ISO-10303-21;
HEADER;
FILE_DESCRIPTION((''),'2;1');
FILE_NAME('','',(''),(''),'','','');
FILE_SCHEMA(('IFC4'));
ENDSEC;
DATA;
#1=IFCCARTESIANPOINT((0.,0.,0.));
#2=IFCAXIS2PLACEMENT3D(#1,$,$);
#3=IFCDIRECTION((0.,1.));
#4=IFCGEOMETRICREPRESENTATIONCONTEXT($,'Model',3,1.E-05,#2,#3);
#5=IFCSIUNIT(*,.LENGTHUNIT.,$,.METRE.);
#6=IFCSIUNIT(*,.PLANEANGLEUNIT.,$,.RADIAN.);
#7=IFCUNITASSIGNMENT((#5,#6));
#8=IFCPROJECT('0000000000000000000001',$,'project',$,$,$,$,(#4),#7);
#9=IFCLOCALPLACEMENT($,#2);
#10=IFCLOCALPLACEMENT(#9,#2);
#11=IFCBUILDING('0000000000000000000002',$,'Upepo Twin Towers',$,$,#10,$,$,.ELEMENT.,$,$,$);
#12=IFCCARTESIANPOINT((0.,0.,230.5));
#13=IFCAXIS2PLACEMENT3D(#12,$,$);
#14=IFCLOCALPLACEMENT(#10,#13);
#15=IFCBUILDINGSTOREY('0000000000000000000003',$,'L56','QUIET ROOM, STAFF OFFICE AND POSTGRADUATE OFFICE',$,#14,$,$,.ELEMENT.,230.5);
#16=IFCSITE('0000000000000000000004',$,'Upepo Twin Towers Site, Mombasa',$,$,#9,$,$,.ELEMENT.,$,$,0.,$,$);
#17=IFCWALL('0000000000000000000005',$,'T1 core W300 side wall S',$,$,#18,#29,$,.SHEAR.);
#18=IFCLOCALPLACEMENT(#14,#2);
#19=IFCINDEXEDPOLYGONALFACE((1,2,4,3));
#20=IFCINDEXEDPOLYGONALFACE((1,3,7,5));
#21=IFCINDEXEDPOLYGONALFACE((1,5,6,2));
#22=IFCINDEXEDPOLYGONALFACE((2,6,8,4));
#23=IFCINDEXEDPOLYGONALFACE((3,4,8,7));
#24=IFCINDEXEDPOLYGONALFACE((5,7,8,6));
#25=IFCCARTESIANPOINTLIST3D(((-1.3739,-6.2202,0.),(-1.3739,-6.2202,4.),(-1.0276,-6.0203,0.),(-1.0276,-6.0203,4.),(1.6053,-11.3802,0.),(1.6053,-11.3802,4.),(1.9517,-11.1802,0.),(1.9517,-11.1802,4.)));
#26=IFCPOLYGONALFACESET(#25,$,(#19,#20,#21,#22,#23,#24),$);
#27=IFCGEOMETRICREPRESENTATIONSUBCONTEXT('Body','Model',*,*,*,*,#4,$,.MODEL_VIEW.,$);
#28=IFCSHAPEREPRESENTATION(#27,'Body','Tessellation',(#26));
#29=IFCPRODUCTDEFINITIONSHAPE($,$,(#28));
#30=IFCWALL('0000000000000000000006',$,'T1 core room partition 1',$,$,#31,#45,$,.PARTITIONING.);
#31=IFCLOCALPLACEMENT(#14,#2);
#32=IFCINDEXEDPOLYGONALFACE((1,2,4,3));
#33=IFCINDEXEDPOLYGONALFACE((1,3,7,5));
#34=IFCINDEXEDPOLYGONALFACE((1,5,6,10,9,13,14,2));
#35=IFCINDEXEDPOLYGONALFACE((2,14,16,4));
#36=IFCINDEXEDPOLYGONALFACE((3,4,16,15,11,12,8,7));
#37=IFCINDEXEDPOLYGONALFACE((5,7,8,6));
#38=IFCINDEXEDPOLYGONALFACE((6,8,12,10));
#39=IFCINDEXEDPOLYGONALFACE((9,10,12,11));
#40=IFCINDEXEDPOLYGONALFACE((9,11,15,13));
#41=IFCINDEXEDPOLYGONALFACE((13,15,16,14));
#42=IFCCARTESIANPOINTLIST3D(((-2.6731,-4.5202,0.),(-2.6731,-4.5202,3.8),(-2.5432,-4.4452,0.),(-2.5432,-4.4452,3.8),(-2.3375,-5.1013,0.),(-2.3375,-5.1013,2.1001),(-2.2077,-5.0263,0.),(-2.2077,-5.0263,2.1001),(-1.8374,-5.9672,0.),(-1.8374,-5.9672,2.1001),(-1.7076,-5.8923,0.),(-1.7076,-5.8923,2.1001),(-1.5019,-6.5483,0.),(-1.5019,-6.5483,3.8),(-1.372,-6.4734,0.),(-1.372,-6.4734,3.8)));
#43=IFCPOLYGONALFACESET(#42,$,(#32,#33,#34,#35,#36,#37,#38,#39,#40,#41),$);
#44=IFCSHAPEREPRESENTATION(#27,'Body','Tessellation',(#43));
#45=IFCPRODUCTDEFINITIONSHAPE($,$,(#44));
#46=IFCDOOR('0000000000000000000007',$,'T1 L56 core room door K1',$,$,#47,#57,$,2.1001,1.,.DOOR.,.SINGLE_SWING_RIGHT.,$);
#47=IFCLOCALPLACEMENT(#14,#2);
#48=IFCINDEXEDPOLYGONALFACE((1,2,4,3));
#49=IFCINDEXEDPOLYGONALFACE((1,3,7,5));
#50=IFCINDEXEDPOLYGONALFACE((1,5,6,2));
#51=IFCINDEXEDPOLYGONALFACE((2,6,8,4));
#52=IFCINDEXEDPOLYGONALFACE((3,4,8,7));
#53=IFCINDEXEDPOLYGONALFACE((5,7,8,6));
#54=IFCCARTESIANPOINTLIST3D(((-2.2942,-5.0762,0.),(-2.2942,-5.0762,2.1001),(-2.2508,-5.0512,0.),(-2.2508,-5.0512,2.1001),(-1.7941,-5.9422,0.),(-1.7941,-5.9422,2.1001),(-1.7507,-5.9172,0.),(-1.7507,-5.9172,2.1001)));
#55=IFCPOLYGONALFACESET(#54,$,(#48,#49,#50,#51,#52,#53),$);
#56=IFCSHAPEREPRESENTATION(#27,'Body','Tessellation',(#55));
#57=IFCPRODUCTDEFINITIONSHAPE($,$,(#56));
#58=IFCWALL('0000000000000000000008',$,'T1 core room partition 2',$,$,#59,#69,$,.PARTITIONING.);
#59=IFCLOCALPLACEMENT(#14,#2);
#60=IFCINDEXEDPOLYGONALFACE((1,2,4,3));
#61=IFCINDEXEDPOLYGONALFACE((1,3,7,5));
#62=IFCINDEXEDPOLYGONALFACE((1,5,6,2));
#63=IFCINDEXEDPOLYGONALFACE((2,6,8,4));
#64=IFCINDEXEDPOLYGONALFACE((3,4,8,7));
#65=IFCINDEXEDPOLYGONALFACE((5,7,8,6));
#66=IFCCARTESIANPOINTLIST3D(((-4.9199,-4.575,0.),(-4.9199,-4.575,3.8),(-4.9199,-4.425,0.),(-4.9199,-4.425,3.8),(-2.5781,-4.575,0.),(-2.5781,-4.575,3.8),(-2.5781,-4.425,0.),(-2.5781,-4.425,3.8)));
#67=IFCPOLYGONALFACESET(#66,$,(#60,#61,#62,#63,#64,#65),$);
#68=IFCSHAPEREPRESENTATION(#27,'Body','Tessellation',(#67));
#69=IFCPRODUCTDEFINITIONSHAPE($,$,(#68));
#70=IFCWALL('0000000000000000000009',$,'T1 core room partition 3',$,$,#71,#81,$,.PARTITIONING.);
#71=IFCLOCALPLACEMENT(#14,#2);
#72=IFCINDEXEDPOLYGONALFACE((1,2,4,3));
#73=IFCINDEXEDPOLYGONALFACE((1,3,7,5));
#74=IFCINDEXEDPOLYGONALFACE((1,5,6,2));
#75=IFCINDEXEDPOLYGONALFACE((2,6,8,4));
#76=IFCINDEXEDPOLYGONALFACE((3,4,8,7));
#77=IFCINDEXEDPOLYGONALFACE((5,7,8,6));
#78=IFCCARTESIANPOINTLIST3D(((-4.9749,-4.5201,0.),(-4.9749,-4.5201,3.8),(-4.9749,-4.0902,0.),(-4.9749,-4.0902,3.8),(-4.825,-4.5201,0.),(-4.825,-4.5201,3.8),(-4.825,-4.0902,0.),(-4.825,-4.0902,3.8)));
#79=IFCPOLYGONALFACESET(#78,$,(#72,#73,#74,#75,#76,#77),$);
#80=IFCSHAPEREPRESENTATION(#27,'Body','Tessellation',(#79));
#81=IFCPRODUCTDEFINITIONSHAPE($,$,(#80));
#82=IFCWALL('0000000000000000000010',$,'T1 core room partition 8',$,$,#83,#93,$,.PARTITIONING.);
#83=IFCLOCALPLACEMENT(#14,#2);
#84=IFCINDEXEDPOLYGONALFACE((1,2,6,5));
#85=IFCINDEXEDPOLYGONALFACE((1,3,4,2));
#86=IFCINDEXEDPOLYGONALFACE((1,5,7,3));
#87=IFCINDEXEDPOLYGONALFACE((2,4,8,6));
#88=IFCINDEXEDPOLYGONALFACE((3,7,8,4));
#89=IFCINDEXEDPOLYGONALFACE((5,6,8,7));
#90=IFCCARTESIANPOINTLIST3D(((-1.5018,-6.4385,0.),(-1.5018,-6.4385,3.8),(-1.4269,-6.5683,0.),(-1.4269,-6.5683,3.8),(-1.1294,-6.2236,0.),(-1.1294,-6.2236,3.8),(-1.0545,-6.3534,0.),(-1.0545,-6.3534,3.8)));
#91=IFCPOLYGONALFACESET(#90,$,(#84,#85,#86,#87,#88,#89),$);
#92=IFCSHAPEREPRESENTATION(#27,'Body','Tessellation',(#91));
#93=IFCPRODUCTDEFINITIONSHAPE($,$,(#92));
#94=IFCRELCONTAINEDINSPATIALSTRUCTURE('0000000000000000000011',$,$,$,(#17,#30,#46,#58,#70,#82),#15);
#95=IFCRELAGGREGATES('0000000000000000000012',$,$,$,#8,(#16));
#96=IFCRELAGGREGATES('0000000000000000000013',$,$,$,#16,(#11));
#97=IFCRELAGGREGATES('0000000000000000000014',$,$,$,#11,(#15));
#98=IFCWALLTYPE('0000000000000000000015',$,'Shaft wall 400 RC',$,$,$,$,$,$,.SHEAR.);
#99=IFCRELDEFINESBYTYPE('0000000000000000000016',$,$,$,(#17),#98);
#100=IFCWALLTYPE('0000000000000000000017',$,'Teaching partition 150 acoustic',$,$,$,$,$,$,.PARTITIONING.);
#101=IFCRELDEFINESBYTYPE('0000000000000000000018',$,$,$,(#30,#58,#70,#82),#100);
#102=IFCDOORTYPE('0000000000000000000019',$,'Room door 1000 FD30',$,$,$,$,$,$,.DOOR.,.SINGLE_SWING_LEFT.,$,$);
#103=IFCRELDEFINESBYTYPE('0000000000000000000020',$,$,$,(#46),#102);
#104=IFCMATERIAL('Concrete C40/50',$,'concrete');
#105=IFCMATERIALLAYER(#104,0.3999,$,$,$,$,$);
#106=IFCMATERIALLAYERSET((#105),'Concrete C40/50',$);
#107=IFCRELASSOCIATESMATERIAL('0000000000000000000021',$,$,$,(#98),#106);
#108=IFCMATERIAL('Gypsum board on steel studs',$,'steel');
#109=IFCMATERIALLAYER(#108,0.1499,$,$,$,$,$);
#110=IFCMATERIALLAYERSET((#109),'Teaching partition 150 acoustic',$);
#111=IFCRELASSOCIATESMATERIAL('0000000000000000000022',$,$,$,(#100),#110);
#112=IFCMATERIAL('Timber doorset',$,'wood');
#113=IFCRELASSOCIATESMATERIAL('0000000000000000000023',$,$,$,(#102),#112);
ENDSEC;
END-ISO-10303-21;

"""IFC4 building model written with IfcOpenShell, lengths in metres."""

from ifc_helpers import new_model, si_unit, direction, frame, frame_2d, origin, place, context, subcontext, project, spatial, rectangle, extrude, material, layer, layer_set, type_object, element, fill, save


model = new_model("IFC4")

# Units and contexts
model_context = context("Model", 3, precision=1e-05, world=origin(), true_north=direction((0.0, 1.0)))
body_context = subcontext(model_context, "Body", "Model", "MODEL_VIEW")
ifc_project = project(units=[si_unit("LENGTHUNIT", "METRE"), si_unit("PLANEANGLEUNIT", "RADIAN")], contexts=[model_context])

# Site, building, storey
site_placement = place(None, origin())
site = spatial("IfcSite", under=ifc_project, at=site_placement, Name="Upepo Twin Towers Site, Mombasa", CompositionType="ELEMENT", RefElevation=0.0)
building_placement = place(site_placement, origin())
building = spatial("IfcBuilding", under=site, at=building_placement, Name="Upepo Twin Towers", CompositionType="ELEMENT")
storey_placement = place(building_placement, frame((0.0, 0.0, 230.5)))
storey = spatial("IfcBuildingStorey", under=building, at=storey_placement, Name="L56", Description="QUIET ROOM, STAFF OFFICE AND POSTGRADUATE OFFICE", CompositionType="ELEMENT", Elevation=230.5)

# Wall
ifc_material_1 = material(Name="Concrete C40/50", Category="concrete")
ifc_layer_1 = layer(ifc_material_1, 0.3999)
ifc_layer_set_1 = layer_set([ifc_layer_1], Name="Concrete C40/50")
wall_type_1 = type_object("IfcWallType", Name="Shaft wall 400 RC", PredefinedType="SHEAR", material=ifc_layer_set_1)
wall_1_placement = place(storey_placement, frame((-1.2007, -6.1204, 0.0), z_axis=(0.0, 0.0, 1.0), x_axis=(0.500022, -0.866013, 0.0)))
element("IfcWall", 1, at=wall_1_placement, inside=storey, type_object=wall_type_1, Name="T1 core W300 side wall S", PredefinedType="SHEAR", context=body_context, shape_type="SweptSolid", body=[
    extrude(rectangle(XDim=5.9583, YDim=0.3999, at=frame_2d((2.979, 0.0))), origin(), (0.0, 0.0, 1.0), 4.0),
])

# Wall, opening, door
ifc_material_2 = material(Name="Gypsum board on steel studs", Category="steel")
ifc_layer_2 = layer(ifc_material_2, 0.1499)
ifc_layer_set_2 = layer_set([ifc_layer_2], Name="Teaching partition 150 acoustic")
wall_type_2 = type_object("IfcWallType", Name="Teaching partition 150 acoustic", PredefinedType="PARTITIONING", material=ifc_layer_set_2)
wall_2_placement = place(storey_placement, frame((-1.437, -6.5107, 0.0), z_axis=(0.0, 0.0, 1.0), x_axis=(-0.500074, 0.865982, 0.0)))
wall_2 = element("IfcWall", 2, at=wall_2_placement, inside=storey, type_object=wall_type_2, Name="T1 core room partition 1", PredefinedType="PARTITIONING", context=body_context, shape_type="SweptSolid", body=[
    extrude(rectangle(XDim=2.342, YDim=0.1499, at=frame_2d((1.1709, 0.0))), origin(), (0.0, 0.0, 1.0), 3.8),
])
opening_1_placement = place(wall_2_placement, frame((0.6709, 0.0, 0.0)))
opening_1 = element("IfcOpeningElement", 3, at=opening_1_placement, cuts=wall_2, PredefinedType="OPENING", context=body_context, shape_type="SweptSolid", body=[
    extrude(rectangle(XDim=1.0, YDim=2.1001, at=frame_2d((0.5, 1.05))), frame((0.0, 0.085, 0.0), z_axis=(0.0, -1.0, 0.0), x_axis=(1.0, 0.0, 0.0)), (0.0, 0.0, 1.0), 0.1699),
])
ifc_material_3 = material(Name="Timber doorset", Category="wood")
door_type_1 = type_object("IfcDoorType", Name="Room door 1000 FD30", OperationType="SINGLE_SWING_LEFT", PredefinedType="DOOR", material=ifc_material_3)
door_1_placement = place(opening_1_placement, origin())
door_1 = element("IfcDoor", 4, at=door_1_placement, inside=storey, type_object=door_type_1, Name="T1 L56 core room door K1", OperationType="SINGLE_SWING_RIGHT", OverallHeight=2.1001, OverallWidth=1.0, PredefinedType="DOOR", context=body_context, shape_type="SweptSolid", body=[
    extrude(rectangle(XDim=1.0, YDim=2.1001, at=frame_2d((0.5, 1.05))), frame((0.0, 0.0249, 0.0), z_axis=(0.0, -1.0, 0.0), x_axis=(1.0, 0.0, 0.0)), (0.0, 0.0, 1.0), 0.05),
])
fill(opening_1, door_1)

# Walls
wall_3_placement = place(storey_placement, frame((-2.5781, -4.5, 0.0), z_axis=(0.0, 0.0, 1.0), x_axis=(-1.0, 0.0, 0.0)))
element("IfcWall", 5, at=wall_3_placement, inside=storey, type_object=wall_type_2, Name="T1 core room partition 2", PredefinedType="PARTITIONING", context=body_context, shape_type="SweptSolid", body=[
    extrude(rectangle(XDim=2.3418, YDim=0.1499, at=frame_2d((1.1709, 0.0))), origin(), (0.0, 0.0, 1.0), 3.8),
])
for number, where, z_axis, x_axis, name in (
    (6, (-4.8999, -4.52, 0.0), (0.0, 0.0, 1.0), (0.0, 1.0, 0.0), "T1 core room partition 3"),
    (7, (-1.092, -6.2886, 0.0), (0.0, 0.0, 1.0), (-0.866138, -0.499804, 0.0), "T1 core room partition 8"),
):
    element("IfcWall", number, at=place(storey_placement, frame(where, z_axis=z_axis, x_axis=x_axis)), inside=storey, type_object=wall_type_2, Name=name, PredefinedType="PARTITIONING", context=body_context, shape_type="SweptSolid", body=[
        extrude(rectangle(XDim=0.4299, YDim=0.1499, at=frame_2d((0.2148, 0.0))), origin(), (0.0, 0.0, 1.0), 3.8),
    ])

save(model, "model.ifc")
